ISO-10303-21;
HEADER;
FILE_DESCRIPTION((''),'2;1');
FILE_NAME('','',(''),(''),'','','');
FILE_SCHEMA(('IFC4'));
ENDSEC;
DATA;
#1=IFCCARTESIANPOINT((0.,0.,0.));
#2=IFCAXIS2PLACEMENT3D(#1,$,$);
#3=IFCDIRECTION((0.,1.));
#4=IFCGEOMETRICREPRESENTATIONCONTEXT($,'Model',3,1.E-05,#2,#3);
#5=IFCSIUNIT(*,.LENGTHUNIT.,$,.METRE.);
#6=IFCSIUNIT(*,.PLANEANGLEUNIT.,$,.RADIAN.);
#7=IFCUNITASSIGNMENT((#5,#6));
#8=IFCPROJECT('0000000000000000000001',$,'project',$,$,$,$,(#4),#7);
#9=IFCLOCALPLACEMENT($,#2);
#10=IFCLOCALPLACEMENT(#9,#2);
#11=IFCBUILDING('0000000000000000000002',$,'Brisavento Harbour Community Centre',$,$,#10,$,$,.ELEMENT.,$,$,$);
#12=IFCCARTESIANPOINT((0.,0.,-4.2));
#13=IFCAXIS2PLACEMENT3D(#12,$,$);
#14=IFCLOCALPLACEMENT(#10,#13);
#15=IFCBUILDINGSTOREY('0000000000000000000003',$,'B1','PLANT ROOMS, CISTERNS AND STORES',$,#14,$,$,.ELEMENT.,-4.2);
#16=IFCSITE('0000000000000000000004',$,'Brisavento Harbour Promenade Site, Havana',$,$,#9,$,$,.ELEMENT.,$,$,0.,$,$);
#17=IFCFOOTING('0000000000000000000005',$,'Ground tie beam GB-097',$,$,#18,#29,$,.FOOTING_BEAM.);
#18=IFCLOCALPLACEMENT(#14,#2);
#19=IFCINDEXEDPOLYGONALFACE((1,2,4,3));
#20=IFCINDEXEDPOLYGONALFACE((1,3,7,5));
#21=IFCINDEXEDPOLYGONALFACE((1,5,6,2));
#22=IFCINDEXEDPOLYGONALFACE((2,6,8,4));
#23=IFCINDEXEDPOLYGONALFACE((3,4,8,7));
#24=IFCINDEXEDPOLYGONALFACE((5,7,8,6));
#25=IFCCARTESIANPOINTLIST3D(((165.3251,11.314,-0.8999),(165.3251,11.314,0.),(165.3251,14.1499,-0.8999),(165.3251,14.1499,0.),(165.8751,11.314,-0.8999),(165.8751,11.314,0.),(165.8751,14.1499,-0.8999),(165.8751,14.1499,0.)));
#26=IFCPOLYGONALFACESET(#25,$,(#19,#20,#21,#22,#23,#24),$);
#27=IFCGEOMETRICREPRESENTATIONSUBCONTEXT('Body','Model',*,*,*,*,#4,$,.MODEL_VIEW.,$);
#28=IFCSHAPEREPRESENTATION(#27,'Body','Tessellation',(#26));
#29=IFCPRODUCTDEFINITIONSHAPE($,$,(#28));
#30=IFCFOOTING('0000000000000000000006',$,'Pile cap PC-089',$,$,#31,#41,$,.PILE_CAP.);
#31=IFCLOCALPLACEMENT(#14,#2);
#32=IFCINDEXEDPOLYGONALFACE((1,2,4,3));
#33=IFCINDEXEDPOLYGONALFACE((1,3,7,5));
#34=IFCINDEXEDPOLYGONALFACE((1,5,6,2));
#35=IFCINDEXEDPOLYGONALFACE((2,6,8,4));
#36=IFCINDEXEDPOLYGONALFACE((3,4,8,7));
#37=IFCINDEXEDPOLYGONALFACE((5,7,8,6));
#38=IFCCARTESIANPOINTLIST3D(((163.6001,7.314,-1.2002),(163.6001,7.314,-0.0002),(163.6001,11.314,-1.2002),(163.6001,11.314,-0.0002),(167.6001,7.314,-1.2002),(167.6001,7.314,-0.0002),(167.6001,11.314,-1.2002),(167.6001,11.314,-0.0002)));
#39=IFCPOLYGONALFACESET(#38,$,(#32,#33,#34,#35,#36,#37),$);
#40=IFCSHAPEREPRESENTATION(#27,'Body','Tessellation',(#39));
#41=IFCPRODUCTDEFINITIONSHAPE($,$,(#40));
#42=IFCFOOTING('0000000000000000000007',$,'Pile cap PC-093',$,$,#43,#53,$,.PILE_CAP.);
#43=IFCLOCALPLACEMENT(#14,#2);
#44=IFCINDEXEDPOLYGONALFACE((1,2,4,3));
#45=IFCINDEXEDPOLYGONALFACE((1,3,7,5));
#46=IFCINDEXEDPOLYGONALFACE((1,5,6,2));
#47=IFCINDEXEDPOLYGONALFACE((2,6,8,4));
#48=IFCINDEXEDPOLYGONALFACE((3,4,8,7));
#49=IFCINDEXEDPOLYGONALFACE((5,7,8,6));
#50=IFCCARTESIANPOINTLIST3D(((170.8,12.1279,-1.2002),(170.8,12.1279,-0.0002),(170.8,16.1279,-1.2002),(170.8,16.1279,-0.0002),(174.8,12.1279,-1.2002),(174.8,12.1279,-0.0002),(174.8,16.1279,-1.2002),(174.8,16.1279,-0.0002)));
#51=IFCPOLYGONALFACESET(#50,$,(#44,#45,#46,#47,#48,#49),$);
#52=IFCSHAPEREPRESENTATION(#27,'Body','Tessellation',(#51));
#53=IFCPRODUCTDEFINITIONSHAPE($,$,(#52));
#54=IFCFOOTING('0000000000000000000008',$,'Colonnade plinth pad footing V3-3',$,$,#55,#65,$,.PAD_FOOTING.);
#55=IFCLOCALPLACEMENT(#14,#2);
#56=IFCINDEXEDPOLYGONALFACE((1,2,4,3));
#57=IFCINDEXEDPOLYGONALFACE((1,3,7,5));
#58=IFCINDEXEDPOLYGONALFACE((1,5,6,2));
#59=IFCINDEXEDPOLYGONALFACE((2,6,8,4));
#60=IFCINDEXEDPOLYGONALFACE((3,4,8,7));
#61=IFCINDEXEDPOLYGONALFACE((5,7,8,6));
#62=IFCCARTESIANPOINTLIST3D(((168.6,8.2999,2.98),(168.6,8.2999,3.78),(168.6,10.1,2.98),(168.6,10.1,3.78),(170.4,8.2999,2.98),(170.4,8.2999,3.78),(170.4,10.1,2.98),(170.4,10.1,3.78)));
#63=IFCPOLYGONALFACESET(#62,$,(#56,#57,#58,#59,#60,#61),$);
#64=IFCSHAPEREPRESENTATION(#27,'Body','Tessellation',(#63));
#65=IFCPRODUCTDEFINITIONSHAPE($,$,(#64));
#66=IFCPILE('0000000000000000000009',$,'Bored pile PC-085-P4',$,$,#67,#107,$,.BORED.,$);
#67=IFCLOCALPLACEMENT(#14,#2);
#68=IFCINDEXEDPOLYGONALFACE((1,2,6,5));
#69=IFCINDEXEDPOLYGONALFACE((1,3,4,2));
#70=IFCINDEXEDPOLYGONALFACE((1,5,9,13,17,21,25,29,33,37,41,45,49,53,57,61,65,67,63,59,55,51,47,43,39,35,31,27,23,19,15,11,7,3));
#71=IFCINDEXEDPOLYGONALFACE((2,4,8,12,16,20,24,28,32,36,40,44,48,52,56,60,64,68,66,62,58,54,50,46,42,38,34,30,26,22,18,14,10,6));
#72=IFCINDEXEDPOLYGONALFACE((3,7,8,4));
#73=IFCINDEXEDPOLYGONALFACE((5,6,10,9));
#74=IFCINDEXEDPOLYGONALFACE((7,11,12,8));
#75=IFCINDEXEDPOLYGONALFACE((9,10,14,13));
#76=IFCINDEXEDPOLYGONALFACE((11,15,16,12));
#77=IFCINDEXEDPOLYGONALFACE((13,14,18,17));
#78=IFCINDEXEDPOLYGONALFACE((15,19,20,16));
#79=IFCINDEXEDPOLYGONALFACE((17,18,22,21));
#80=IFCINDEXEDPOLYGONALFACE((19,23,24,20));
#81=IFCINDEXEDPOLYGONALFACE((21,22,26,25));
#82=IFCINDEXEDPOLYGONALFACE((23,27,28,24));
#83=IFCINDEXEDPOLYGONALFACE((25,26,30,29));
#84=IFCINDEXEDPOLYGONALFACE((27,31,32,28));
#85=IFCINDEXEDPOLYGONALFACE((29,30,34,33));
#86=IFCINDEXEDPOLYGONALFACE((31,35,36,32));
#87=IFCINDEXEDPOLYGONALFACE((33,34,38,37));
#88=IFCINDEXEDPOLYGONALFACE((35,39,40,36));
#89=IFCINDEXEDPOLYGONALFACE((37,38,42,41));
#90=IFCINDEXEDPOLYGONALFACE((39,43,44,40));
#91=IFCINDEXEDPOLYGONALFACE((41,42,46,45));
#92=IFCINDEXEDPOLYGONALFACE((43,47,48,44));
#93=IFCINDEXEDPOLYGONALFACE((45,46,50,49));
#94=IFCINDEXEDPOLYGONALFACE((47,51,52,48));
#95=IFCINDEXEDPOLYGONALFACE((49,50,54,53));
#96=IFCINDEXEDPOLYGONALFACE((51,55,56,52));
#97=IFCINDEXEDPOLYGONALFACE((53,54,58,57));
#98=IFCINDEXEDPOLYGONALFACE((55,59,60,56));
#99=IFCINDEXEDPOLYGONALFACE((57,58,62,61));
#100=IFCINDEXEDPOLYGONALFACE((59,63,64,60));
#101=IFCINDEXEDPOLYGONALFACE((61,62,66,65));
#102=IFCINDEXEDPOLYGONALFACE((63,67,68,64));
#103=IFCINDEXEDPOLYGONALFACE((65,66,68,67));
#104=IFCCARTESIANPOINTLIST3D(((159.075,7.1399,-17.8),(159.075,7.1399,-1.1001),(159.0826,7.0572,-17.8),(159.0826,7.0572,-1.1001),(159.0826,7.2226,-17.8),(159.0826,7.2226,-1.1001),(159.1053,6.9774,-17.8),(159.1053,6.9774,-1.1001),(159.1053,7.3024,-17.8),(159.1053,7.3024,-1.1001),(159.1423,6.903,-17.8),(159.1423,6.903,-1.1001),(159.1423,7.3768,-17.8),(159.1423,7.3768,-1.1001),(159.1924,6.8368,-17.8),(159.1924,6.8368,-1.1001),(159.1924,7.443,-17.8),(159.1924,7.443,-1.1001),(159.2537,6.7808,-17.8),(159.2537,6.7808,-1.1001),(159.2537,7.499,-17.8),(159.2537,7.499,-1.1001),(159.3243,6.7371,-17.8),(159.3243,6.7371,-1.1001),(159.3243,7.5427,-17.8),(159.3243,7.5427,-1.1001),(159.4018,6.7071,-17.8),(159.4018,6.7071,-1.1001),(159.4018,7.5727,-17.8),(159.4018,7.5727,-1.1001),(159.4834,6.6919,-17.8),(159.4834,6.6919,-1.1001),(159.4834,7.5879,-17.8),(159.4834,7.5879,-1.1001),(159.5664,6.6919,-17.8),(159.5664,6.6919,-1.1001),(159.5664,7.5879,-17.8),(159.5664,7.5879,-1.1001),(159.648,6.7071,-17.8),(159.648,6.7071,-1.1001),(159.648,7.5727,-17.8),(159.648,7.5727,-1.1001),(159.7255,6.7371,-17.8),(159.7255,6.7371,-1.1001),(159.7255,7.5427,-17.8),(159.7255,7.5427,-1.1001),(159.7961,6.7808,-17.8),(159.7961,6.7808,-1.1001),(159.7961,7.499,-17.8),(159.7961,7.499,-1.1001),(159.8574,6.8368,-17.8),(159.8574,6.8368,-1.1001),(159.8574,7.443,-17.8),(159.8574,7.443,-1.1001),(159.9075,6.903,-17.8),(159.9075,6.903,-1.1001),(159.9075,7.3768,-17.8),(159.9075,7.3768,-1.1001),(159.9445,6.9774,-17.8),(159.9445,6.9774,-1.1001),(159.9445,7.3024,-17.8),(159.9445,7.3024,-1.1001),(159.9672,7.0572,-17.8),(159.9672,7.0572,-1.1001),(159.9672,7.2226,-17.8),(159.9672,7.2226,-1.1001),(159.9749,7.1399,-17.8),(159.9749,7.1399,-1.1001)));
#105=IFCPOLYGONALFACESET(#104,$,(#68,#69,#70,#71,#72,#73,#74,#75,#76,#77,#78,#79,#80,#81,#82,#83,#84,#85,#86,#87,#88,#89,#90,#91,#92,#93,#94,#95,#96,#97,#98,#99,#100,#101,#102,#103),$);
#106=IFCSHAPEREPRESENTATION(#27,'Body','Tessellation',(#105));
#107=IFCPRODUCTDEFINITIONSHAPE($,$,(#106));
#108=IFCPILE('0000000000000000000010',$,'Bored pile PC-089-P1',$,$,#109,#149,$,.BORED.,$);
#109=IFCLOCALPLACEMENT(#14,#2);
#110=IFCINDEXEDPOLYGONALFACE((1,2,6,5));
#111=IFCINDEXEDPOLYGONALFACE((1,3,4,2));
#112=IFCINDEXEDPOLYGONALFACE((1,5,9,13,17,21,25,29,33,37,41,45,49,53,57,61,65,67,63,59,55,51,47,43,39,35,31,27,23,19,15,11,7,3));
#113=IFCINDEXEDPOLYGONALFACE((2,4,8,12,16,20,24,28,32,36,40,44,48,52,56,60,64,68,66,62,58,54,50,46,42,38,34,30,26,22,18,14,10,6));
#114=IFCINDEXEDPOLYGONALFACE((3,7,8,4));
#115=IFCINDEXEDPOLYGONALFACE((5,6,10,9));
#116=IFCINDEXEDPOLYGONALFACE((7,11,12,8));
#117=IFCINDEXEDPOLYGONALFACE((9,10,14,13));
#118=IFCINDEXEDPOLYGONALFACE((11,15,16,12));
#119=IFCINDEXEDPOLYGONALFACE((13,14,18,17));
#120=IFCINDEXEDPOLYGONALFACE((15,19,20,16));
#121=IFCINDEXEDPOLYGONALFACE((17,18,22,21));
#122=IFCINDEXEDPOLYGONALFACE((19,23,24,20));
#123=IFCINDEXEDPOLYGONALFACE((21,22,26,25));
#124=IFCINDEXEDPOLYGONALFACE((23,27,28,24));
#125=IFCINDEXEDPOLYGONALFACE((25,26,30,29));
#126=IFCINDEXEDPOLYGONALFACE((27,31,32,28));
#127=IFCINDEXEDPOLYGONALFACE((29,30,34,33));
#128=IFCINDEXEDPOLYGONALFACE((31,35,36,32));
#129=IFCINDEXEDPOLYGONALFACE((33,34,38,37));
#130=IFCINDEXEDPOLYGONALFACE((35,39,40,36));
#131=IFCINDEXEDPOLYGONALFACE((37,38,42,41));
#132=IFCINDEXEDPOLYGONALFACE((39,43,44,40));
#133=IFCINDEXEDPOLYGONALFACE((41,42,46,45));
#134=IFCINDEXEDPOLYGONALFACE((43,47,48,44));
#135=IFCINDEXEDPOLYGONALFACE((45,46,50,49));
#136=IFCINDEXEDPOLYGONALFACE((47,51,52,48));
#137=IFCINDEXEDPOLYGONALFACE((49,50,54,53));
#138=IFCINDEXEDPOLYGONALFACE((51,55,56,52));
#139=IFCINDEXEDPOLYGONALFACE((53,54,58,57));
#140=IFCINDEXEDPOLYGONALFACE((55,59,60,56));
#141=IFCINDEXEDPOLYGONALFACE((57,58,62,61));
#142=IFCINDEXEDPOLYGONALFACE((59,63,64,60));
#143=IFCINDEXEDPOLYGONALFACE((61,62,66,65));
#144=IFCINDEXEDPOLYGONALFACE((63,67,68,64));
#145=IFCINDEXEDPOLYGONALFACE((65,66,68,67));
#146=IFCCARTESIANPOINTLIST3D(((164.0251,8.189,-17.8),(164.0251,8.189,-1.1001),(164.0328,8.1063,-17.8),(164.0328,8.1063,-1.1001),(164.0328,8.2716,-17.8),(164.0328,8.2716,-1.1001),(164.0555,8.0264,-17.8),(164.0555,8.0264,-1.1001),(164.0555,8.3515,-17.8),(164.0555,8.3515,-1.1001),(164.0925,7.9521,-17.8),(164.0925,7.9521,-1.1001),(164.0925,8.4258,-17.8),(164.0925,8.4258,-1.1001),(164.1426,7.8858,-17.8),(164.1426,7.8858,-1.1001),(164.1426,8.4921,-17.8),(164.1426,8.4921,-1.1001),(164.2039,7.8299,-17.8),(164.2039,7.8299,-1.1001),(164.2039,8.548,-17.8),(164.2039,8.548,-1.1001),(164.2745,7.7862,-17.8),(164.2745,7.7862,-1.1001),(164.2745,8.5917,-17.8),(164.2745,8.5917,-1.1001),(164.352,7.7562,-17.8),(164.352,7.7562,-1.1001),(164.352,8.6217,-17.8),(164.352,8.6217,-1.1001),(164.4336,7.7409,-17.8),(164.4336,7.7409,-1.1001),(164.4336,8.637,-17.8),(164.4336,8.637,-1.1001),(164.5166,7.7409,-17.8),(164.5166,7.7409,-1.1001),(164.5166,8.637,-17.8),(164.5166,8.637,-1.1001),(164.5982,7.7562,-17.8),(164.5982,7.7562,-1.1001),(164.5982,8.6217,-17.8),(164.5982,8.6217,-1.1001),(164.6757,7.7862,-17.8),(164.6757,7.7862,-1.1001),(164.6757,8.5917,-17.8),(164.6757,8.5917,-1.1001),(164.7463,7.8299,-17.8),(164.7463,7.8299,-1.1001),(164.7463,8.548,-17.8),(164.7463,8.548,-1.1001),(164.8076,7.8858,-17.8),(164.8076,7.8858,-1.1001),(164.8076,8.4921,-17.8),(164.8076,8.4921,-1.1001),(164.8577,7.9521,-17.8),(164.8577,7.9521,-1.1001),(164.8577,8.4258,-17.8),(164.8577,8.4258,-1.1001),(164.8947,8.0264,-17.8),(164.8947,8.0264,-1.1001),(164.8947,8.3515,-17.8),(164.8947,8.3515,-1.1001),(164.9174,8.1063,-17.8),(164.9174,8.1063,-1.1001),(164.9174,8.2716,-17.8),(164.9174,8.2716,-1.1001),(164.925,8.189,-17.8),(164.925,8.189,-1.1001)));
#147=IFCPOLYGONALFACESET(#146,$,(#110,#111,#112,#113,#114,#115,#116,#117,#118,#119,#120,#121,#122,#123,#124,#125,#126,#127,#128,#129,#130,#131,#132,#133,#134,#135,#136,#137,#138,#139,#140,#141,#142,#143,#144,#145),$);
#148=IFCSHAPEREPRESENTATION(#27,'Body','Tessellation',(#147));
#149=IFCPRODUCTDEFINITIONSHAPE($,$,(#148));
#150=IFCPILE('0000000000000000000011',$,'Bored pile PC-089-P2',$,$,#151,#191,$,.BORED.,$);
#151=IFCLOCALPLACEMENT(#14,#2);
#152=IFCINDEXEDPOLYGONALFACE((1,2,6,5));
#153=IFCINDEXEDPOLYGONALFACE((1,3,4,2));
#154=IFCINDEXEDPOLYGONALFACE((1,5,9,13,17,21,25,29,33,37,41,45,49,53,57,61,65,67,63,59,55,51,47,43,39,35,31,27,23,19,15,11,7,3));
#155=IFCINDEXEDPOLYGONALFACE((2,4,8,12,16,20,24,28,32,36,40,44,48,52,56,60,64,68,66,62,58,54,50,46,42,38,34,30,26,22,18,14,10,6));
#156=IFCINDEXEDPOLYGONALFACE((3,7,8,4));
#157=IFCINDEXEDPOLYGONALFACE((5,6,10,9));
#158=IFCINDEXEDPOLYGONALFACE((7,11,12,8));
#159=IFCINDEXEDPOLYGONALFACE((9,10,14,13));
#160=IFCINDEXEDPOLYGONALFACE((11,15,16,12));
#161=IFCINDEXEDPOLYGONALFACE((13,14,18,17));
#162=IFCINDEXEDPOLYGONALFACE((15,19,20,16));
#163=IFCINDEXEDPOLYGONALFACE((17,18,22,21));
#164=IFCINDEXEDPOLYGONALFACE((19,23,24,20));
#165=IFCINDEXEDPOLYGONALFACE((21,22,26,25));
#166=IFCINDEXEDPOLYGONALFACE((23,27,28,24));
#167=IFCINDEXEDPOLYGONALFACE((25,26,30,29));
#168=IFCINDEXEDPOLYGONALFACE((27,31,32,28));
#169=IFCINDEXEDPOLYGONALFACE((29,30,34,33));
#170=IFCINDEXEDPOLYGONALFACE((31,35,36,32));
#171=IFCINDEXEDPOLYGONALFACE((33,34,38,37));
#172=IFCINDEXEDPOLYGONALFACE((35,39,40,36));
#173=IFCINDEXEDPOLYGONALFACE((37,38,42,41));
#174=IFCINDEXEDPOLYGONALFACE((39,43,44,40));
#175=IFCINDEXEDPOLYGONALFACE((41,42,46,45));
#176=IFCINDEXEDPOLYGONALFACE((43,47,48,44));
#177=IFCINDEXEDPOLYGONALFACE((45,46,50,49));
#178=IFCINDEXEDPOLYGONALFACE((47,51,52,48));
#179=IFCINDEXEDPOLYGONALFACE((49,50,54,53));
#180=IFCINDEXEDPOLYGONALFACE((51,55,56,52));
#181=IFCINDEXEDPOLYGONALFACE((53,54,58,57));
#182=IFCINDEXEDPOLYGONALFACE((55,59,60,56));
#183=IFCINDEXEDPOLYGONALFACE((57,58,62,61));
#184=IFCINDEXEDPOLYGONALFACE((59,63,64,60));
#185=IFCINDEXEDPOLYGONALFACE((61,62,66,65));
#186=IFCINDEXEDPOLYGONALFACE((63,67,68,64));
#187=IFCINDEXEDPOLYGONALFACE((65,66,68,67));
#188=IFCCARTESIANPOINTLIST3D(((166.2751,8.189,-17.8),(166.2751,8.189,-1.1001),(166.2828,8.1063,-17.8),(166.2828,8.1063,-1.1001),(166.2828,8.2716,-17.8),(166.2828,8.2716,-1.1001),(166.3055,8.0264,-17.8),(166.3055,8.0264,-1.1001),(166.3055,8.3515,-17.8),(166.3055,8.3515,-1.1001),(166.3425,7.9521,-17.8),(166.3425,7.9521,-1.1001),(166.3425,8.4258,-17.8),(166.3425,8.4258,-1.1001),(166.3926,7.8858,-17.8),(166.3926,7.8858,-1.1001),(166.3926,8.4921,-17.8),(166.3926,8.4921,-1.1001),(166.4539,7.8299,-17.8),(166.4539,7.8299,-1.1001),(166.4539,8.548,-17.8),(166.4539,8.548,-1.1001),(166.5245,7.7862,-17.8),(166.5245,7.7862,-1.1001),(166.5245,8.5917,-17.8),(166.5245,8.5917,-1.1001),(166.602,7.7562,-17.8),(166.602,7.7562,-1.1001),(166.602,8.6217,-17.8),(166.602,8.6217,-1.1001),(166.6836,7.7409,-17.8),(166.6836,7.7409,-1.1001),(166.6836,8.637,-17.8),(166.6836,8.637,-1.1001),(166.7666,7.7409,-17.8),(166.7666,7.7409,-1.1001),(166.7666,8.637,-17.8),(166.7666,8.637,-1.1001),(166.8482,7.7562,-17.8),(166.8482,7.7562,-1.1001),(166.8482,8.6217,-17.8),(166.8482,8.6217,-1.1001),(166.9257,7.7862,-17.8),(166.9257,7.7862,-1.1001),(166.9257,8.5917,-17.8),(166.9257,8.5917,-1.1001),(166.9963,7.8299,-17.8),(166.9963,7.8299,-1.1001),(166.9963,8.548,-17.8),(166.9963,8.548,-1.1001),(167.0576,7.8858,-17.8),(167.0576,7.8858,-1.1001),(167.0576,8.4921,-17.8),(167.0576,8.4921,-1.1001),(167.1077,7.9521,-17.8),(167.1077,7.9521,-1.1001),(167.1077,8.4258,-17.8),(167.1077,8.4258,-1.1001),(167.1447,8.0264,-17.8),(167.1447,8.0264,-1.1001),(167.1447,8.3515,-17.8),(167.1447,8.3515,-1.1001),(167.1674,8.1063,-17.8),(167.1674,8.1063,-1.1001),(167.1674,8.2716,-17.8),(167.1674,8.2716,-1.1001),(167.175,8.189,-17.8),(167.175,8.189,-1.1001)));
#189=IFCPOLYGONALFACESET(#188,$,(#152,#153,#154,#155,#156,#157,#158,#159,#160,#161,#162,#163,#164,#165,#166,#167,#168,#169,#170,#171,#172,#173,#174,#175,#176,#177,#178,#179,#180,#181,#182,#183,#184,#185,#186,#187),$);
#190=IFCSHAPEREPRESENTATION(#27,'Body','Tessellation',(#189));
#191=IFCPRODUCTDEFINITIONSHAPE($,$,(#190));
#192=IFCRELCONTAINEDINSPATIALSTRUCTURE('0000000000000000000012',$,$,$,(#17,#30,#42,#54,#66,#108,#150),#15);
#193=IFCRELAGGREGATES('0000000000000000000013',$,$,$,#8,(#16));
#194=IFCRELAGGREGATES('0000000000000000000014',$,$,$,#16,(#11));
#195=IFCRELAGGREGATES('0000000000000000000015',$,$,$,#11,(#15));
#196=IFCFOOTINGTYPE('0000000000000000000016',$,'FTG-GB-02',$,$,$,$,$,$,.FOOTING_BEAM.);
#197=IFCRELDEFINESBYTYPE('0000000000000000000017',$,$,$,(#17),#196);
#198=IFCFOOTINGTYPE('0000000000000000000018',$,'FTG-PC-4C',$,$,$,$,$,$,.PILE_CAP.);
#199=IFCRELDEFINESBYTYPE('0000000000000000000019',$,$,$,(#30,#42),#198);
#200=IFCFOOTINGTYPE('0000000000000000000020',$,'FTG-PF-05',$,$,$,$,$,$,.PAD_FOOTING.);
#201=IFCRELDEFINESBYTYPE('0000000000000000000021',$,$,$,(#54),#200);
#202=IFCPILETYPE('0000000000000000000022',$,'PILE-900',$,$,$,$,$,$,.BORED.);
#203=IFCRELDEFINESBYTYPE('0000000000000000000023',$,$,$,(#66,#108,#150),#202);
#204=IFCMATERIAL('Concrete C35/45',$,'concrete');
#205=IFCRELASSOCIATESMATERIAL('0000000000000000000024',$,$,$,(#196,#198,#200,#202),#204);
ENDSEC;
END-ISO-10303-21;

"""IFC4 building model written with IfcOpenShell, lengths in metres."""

from ifc_helpers import new_model, si_unit, direction, frame, origin, origin_2d, place, context, subcontext, project, spatial, rectangle, circle, extrude, material, material_profile, profile_set, type_object, element, save


model = new_model("IFC4")

# Units and contexts
model_context = context("Model", 3, precision=1e-05, world=origin(), true_north=direction((0.0, 1.0)))
body_context = subcontext(model_context, "Body", "Model", "MODEL_VIEW")
ifc_project = project(units=[si_unit("LENGTHUNIT", "METRE"), si_unit("PLANEANGLEUNIT", "RADIAN")], contexts=[model_context])

# Site, building, storey
site_placement = place(None, origin())
site = spatial("IfcSite", under=ifc_project, at=site_placement, Name="Brisavento Harbour Promenade Site, Havana", CompositionType="ELEMENT", RefElevation=0.0)
building_placement = place(site_placement, origin())
building = spatial("IfcBuilding", under=site, at=building_placement, Name="Brisavento Harbour Community Centre", CompositionType="ELEMENT")
storey_placement = place(building_placement, frame((0.0, 0.0, -4.2)))
storey = spatial("IfcBuildingStorey", under=building, at=storey_placement, Name="B1", Description="PLANT ROOMS, CISTERNS AND STORES", CompositionType="ELEMENT", Elevation=-4.2)

# Footings
ifc_material_1 = material(Name="Concrete C35/45", Category="concrete")
footing_type_1 = type_object("IfcFootingType", Name="FTG-GB-02", PredefinedType="FOOTING_BEAM", material=ifc_material_1)
footing_1_placement = place(storey_placement, frame((165.6001, 12.7319, -0.8999), z_axis=(0.0, 0.0, 1.0), x_axis=(1.0, 0.0, 0.0)))
element("IfcFooting", 1, at=footing_1_placement, inside=storey, type_object=footing_type_1, Name="Ground tie beam GB-097", PredefinedType="FOOTING_BEAM", context=body_context, shape_type="SweptSolid", body=[
    extrude(rectangle(XDim=0.55, YDim=2.8359, at=origin_2d()), origin(), (0.0, 0.0, 1.0), 0.8999),
])
footing_type_2 = type_object("IfcFootingType", Name="FTG-PC-4C", PredefinedType="PILE_CAP", material=ifc_material_1)
for number, where, z_axis, x_axis, name in (
    (2, (165.6001, 9.314, -1.2002), (0.0, 0.0, 1.0), (1.0, 0.0, 0.0), "Pile cap PC-089"),
    (3, (172.8, 14.1279, -1.2002), (0.0, 0.0, 1.0), (1.0, 0.0, 0.0), "Pile cap PC-093"),
):
    element("IfcFooting", number, at=place(storey_placement, frame(where, z_axis=z_axis, x_axis=x_axis)), inside=storey, type_object=footing_type_2, Name=name, PredefinedType="PILE_CAP", context=body_context, shape_type="SweptSolid", body=[
        extrude(rectangle(XDim=4.0, YDim=4.0, at=origin_2d()), origin(), (0.0, 0.0, 1.0), 1.2),
    ])
footing_type_3 = type_object("IfcFootingType", Name="FTG-PF-05", PredefinedType="PAD_FOOTING", material=ifc_material_1)
footing_2_placement = place(storey_placement, frame((169.5, 9.2, 2.98), z_axis=(0.0, 0.0, 1.0), x_axis=(1.0, 0.0, 0.0)))
element("IfcFooting", 4, at=footing_2_placement, inside=storey, type_object=footing_type_3, Name="Colonnade plinth pad footing V3-3", PredefinedType="PAD_FOOTING", context=body_context, shape_type="SweptSolid", body=[
    extrude(rectangle(XDim=1.8, YDim=1.8, at=origin_2d()), origin(), (0.0, 0.0, 1.0), 0.8),
])

# Piles
ifc_material_profile_1 = material_profile(ifc_material_1, circle(Radius=0.45, at=origin_2d()), Name="Concrete C35/45")
ifc_profile_set_1 = profile_set([ifc_material_profile_1], Name="Concrete C35/45")
pile_type = type_object("IfcPileType", Name="PILE-900", PredefinedType="BORED", material=ifc_profile_set_1)
for number, where, z_axis, x_axis, name in (
    (5, (159.5249, 7.1399, -1.1001), (0.0, 0.0, -1.0), (1.0, 0.0, 0.0), "Bored pile PC-085-P4"),
    (6, (164.4751, 8.189, -1.1001), (0.0, 0.0, -1.0), (1.0, 0.0, 0.0), "Bored pile PC-089-P1"),
    (7, (166.7251, 8.189, -1.1001), (0.0, 0.0, -1.0), (1.0, 0.0, 0.0), "Bored pile PC-089-P2"),
):
    element("IfcPile", number, at=place(storey_placement, frame(where, z_axis=z_axis, x_axis=x_axis)), inside=storey, type_object=pile_type, Name=name, PredefinedType="BORED", context=body_context, shape_type="SweptSolid", body=[
        extrude(circle(Radius=0.45, at=origin_2d()), origin(), (0.0, 0.0, 1.0), 16.7),
    ])

save(model, "model.ifc")
